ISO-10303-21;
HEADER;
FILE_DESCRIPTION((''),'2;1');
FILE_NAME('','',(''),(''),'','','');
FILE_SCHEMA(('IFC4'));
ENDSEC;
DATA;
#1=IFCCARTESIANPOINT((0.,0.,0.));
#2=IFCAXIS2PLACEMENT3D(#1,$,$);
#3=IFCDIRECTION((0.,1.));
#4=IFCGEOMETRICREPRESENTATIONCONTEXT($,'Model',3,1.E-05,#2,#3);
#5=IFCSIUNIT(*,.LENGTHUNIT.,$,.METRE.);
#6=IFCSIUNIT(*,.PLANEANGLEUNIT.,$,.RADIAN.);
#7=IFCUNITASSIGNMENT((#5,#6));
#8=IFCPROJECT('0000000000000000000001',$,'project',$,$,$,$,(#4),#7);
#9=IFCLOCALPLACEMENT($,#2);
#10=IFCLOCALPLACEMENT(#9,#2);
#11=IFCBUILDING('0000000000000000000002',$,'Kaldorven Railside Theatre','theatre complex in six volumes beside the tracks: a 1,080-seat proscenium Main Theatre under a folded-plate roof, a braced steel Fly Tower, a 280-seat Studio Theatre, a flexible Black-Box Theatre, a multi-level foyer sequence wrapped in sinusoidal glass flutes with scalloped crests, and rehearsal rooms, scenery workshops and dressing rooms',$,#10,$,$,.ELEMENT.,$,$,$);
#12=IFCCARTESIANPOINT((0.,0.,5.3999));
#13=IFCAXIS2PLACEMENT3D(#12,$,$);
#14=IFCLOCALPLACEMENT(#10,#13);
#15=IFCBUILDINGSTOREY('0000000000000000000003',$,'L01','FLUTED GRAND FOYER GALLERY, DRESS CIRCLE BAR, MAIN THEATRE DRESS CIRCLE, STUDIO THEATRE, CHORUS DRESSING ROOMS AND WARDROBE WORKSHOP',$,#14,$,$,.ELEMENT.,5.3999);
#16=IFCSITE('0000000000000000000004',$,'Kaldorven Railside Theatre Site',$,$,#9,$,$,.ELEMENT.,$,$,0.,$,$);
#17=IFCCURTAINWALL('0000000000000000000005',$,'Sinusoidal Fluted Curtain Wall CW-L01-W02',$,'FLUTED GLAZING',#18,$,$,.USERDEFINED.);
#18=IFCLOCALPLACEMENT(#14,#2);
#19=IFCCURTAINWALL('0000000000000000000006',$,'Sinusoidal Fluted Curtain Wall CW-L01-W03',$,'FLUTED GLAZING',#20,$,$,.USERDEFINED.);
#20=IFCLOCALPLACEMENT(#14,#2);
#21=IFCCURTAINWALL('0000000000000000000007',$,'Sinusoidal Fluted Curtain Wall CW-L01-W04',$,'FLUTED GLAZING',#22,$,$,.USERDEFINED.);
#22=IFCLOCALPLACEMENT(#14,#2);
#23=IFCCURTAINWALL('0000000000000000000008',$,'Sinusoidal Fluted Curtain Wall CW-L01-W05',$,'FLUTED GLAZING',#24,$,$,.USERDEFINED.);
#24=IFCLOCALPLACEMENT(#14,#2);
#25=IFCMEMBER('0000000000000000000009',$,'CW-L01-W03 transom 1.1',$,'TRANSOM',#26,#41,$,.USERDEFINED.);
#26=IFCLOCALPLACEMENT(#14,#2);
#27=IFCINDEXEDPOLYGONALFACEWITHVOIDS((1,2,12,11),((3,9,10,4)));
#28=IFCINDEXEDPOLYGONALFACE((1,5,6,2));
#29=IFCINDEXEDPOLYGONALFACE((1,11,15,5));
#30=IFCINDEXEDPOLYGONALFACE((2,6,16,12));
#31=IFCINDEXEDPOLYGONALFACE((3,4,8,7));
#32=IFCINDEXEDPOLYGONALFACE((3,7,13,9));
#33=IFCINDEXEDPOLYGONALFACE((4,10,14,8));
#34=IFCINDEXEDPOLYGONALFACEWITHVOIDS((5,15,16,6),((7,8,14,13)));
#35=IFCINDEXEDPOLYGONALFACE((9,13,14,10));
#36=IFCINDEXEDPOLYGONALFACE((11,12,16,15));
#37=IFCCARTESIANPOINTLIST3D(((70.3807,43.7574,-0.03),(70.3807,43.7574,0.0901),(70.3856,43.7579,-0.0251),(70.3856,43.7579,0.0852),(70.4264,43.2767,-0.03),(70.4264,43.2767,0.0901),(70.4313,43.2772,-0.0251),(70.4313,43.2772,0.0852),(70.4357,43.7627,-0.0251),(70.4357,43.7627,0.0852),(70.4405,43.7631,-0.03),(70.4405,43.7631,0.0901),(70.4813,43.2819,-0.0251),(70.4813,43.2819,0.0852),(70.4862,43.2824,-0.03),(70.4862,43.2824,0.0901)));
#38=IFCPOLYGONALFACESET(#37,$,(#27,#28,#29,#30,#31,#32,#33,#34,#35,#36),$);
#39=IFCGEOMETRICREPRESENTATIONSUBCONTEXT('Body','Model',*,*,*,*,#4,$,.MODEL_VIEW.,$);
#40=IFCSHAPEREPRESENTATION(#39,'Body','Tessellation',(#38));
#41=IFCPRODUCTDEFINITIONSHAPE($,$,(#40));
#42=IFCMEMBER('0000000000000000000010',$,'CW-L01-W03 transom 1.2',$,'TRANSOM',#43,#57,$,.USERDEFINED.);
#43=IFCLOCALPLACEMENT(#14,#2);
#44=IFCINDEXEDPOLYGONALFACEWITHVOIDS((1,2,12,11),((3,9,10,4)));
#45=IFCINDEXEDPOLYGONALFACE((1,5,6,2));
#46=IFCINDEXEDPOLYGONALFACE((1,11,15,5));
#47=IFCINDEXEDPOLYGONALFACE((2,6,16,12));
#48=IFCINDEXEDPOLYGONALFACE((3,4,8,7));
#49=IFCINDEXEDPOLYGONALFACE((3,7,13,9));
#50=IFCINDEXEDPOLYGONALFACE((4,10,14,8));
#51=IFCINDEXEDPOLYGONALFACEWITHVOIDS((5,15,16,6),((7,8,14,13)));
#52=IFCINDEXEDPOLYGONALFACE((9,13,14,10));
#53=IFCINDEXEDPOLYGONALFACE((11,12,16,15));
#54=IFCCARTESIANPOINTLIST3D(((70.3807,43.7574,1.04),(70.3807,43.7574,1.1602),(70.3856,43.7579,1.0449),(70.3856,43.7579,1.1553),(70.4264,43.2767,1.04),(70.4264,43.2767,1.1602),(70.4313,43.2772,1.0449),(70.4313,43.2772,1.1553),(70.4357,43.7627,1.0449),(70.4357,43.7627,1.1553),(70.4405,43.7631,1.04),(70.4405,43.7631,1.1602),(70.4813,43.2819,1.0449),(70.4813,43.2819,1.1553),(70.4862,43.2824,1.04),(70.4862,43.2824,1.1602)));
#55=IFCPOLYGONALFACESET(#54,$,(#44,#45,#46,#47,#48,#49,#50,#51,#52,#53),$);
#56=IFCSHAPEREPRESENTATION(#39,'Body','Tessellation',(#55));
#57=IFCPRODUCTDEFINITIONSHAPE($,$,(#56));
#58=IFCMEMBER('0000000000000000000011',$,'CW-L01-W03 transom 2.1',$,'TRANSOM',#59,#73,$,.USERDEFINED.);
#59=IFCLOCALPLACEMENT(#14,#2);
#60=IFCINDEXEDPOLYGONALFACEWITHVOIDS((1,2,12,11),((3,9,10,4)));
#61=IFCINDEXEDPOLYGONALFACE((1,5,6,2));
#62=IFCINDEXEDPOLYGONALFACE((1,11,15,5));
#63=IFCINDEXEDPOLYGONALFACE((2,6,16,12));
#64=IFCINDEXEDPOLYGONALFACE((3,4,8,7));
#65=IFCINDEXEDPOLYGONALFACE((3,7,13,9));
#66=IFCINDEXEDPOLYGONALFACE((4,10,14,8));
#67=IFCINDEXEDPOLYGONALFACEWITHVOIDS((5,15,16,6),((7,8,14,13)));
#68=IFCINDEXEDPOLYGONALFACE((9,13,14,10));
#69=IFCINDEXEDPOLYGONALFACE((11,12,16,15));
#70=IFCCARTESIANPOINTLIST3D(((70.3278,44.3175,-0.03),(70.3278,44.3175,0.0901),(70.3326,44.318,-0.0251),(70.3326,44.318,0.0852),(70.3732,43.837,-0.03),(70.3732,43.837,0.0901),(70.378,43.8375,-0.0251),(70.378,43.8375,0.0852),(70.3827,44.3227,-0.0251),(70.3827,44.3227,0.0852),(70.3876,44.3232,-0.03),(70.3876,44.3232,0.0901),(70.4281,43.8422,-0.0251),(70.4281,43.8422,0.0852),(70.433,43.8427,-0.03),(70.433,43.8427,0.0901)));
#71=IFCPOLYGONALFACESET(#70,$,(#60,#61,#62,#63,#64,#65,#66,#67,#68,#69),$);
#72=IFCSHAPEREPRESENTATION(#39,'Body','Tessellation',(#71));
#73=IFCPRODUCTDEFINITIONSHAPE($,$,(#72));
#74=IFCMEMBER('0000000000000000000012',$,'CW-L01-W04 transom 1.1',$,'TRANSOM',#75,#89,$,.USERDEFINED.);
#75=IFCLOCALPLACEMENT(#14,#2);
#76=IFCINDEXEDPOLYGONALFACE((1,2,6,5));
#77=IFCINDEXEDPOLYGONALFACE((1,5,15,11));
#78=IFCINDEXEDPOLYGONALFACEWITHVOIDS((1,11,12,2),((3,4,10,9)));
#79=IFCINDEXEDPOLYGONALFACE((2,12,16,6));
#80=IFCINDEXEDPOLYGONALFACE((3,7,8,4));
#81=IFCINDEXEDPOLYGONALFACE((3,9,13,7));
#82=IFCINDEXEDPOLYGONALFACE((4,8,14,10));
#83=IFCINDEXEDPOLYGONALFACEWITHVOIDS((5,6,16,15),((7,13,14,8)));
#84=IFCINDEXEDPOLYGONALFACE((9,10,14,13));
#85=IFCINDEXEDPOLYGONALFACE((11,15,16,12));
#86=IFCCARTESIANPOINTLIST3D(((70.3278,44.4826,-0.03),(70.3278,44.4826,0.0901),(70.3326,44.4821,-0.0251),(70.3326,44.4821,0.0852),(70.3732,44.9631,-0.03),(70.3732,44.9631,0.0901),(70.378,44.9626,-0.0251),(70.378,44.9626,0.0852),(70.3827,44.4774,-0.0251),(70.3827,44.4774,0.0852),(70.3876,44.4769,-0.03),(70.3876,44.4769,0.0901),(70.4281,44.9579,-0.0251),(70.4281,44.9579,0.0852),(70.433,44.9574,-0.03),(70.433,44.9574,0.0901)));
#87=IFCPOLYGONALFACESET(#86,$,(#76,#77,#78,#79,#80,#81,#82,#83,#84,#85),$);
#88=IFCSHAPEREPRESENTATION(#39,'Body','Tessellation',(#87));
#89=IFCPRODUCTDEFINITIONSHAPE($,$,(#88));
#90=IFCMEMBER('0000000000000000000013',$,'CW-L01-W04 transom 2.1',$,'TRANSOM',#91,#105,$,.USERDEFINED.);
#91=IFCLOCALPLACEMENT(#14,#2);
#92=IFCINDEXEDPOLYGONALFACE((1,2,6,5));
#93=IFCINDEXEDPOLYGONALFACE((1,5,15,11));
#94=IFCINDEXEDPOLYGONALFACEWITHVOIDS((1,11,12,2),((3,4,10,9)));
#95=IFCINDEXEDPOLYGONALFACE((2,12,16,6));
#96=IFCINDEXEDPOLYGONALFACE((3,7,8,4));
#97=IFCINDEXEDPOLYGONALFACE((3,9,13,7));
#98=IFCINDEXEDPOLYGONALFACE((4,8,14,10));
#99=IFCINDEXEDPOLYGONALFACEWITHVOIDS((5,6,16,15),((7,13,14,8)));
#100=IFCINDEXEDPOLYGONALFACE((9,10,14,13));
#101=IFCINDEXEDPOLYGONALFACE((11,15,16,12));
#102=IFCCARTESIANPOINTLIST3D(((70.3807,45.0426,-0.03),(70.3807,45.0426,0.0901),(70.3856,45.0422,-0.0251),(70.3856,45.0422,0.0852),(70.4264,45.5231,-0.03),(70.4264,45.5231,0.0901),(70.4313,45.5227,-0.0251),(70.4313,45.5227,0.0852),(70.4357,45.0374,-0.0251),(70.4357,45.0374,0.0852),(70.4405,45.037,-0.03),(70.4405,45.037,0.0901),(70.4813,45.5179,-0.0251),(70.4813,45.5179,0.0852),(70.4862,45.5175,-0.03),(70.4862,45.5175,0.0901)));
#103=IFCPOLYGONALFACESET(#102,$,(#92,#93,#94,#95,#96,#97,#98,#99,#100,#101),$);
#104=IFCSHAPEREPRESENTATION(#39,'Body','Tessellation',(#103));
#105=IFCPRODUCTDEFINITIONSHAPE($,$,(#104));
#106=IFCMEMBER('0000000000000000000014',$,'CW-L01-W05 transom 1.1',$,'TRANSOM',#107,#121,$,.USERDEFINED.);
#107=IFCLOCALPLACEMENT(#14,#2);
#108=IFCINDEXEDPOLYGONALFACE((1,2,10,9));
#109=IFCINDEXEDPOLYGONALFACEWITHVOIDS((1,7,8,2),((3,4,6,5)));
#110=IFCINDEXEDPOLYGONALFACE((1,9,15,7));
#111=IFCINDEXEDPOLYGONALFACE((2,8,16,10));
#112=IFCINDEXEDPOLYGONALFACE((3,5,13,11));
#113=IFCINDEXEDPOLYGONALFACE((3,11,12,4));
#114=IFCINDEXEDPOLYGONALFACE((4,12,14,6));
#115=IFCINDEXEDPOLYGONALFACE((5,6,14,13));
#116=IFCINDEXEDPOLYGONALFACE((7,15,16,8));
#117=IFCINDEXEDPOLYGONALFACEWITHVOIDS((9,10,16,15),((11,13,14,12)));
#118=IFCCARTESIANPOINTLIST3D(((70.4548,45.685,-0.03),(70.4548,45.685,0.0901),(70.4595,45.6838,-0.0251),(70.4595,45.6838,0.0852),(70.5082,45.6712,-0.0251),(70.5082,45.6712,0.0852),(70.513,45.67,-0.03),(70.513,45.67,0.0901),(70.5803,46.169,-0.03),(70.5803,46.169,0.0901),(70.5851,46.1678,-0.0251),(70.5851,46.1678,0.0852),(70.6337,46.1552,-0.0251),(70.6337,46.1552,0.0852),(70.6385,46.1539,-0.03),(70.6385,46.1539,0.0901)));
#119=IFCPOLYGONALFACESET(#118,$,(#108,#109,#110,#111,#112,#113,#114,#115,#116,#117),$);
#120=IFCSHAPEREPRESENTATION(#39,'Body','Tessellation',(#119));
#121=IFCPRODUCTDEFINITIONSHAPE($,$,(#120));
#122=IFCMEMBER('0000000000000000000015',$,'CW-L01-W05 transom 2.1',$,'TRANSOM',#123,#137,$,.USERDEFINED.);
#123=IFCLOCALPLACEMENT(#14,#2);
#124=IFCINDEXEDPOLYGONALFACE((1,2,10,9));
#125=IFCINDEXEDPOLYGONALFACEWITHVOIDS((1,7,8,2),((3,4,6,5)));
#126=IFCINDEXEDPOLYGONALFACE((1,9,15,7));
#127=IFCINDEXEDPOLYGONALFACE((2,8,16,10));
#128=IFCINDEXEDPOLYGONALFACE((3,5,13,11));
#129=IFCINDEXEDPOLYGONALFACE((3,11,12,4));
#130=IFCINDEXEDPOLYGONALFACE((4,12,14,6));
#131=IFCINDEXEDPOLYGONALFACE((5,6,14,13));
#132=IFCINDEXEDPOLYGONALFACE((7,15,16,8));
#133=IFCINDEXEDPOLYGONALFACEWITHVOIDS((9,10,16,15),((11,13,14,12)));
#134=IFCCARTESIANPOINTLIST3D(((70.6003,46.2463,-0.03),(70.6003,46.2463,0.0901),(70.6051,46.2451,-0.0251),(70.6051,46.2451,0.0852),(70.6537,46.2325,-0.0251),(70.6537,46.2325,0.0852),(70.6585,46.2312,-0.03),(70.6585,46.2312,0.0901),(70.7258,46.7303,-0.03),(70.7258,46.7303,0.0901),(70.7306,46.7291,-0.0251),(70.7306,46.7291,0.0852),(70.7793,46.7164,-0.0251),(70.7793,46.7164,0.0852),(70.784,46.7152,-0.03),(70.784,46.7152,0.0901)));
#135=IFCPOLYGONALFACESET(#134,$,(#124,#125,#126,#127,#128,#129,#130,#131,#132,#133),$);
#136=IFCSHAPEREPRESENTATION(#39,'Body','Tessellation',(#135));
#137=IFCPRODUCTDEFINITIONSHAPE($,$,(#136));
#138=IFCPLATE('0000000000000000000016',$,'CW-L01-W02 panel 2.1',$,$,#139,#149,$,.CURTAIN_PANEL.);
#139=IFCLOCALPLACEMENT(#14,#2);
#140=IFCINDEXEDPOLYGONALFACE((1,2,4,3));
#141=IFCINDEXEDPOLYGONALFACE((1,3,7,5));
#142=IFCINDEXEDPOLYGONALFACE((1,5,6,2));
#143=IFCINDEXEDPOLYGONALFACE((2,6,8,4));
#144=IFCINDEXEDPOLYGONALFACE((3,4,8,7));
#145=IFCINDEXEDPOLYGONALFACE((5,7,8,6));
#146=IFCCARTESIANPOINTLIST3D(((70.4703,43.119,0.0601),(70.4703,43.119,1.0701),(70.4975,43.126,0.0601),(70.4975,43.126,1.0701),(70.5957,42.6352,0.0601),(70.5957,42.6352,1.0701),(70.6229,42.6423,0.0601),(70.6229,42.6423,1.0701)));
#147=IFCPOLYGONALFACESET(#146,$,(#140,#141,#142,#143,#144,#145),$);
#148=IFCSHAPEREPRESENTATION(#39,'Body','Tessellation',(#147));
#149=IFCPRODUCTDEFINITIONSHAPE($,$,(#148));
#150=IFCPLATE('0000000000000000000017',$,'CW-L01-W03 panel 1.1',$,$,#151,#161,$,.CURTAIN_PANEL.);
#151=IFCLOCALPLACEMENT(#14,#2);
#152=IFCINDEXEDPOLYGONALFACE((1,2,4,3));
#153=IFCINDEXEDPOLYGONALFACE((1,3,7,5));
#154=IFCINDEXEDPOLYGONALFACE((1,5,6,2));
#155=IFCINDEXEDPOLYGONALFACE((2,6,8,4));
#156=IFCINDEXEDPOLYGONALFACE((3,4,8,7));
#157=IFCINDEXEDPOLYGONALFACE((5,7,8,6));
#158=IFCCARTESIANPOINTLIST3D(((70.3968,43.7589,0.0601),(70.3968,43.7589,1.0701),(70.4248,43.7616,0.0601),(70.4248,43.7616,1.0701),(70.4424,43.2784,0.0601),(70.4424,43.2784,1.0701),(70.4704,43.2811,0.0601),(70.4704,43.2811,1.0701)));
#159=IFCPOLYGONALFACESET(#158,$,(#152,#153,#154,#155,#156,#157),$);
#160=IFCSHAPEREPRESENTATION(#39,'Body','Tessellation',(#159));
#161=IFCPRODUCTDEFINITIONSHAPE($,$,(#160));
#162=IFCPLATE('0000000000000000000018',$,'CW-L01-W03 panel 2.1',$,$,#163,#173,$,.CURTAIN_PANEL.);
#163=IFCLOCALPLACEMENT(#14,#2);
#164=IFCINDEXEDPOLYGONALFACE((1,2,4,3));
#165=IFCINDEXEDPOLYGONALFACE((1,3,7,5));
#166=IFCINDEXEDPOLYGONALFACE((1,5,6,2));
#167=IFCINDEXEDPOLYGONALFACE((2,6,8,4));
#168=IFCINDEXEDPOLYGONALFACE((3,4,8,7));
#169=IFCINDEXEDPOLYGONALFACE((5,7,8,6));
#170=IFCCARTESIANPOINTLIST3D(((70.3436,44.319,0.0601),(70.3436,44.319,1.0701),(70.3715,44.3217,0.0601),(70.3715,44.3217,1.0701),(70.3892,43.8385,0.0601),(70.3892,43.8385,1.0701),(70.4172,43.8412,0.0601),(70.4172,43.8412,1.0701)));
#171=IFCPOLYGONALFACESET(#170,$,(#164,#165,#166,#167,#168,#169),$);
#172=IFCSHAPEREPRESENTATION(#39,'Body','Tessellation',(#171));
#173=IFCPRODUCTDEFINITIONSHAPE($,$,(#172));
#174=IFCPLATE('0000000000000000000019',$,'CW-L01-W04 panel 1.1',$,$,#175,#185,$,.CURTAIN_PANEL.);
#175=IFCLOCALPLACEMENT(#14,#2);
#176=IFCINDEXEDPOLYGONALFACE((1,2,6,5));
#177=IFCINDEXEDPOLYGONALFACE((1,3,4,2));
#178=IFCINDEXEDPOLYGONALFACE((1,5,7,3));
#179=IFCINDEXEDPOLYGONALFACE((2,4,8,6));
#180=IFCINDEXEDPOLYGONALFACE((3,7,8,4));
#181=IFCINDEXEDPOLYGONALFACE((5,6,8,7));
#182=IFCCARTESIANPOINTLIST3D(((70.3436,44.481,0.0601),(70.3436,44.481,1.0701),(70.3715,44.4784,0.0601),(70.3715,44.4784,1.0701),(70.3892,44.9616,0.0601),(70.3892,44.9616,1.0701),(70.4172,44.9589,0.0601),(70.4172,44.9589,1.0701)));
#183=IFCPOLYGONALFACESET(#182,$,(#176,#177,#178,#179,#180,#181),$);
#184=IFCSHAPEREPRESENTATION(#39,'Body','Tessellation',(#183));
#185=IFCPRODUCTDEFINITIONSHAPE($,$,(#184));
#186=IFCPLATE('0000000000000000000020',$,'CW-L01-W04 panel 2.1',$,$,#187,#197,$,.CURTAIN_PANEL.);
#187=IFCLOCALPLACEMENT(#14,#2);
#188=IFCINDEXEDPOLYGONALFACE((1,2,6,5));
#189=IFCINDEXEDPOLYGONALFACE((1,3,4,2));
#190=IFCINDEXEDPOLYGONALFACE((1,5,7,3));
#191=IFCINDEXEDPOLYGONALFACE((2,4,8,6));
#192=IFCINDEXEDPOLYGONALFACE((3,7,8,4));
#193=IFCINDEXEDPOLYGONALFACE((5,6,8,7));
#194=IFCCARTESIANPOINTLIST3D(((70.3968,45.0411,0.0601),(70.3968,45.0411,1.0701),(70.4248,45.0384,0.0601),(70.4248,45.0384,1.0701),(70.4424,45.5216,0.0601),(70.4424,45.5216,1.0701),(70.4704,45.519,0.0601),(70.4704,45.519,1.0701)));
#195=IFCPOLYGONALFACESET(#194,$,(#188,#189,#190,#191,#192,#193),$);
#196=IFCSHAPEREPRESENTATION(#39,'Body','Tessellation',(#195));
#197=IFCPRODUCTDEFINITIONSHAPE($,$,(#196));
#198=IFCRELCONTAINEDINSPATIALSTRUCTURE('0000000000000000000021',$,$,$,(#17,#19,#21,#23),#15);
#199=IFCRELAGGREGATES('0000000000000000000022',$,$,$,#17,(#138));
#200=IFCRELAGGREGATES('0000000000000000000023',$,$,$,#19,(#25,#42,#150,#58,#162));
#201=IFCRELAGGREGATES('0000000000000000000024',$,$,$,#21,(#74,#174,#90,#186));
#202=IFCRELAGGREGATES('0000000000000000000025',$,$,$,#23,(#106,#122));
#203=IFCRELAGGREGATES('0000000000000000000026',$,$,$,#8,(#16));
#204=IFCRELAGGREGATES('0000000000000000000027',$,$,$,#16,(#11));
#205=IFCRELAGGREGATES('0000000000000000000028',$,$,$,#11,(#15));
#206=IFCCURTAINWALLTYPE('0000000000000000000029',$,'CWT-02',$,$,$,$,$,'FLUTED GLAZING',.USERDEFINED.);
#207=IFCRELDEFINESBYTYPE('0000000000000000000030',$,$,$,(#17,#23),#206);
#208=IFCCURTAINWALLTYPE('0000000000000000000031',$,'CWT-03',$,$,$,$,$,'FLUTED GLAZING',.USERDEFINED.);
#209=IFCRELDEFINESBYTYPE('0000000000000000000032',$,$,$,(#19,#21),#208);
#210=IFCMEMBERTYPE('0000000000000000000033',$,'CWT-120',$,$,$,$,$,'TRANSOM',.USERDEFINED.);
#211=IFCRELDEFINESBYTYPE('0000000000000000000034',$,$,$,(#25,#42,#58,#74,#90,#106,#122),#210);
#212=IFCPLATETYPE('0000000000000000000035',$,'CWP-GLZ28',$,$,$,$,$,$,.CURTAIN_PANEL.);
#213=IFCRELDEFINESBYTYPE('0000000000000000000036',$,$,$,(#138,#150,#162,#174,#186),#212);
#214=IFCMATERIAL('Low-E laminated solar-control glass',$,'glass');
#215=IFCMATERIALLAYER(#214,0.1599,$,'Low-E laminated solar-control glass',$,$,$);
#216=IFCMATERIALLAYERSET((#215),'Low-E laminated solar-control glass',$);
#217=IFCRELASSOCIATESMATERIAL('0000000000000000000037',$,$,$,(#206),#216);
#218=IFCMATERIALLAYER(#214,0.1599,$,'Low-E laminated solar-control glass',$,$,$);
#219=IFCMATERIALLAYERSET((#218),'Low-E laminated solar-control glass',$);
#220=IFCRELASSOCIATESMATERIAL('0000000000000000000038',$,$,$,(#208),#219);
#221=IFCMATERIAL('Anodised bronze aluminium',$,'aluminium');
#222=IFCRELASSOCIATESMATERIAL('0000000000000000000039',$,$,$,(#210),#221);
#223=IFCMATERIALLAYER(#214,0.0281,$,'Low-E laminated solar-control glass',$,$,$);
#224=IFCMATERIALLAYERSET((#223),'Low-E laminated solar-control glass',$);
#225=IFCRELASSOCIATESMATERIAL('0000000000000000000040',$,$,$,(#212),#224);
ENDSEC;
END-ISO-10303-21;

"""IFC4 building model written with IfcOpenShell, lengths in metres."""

from ifc_helpers import new_model, si_unit, direction, frame, origin, origin_2d, place, context, subcontext, project, spatial, rectangle, hollow_rectangle, extrude, material, layer, layer_set, material_profile, profile_set, type_object, element, aggregate, save


model = new_model("IFC4")

# Units and contexts
model_context = context("Model", 3, precision=1e-05, world=origin(), true_north=direction((0.0, 1.0)))
body_context = subcontext(model_context, "Body", "Model", "MODEL_VIEW")
ifc_project = project(units=[si_unit("LENGTHUNIT", "METRE"), si_unit("PLANEANGLEUNIT", "RADIAN")], contexts=[model_context])

# Site, building, storey
site_placement = place(None, origin())
site = spatial("IfcSite", under=ifc_project, at=site_placement, Name="Kaldorven Railside Theatre Site", CompositionType="ELEMENT", RefElevation=0.0)
building_placement = place(site_placement, origin())
building = spatial("IfcBuilding", under=site, at=building_placement, Name="Kaldorven Railside Theatre", Description="theatre complex in six volumes beside the tracks: a 1,080-seat proscenium Main Theatre under a folded-plate roof, a braced steel Fly Tower, a 280-seat Studio Theatre, a flexible Black-Box Theatre, a multi-level foyer sequence wrapped in sinusoidal glass flutes with scalloped crests, and rehearsal rooms, scenery workshops and dressing rooms", CompositionType="ELEMENT")
storey_placement = place(building_placement, frame((0.0, 0.0, 5.3999)))
storey = spatial("IfcBuildingStorey", under=building, at=storey_placement, Name="L01", Description="FLUTED GRAND FOYER GALLERY, DRESS CIRCLE BAR, MAIN THEATRE DRESS CIRCLE, STUDIO THEATRE, CHORUS DRESSING ROOMS AND WARDROBE WORKSHOP", CompositionType="ELEMENT", Elevation=5.3999)

# Curtain wall
ifc_material_1 = material(Name="Low-E laminated solar-control glass", Category="glass")
ifc_layer_1 = layer(ifc_material_1, 0.1599, Name="Low-E laminated solar-control glass")
ifc_layer_set_1 = layer_set([ifc_layer_1], Name="Low-E laminated solar-control glass")
curtain_wall_type_1 = type_object("IfcCurtainWallType", Name="CWT-02", ElementType="FLUTED GLAZING", PredefinedType="USERDEFINED", material=ifc_layer_set_1)
curtain_wall_1_placement = place(storey_placement, origin())
curtain_wall_1 = element("IfcCurtainWall", 1, at=curtain_wall_1_placement, inside=storey, type_object=curtain_wall_type_1, Name="Sinusoidal Fluted Curtain Wall CW-L01-W02", ObjectType="FLUTED GLAZING", PredefinedType="USERDEFINED")
ifc_material_2 = material(Name="Anodised bronze aluminium", Category="aluminium")

# Curtain walls
ifc_layer_2 = layer(ifc_material_1, 0.1599, Name="Low-E laminated solar-control glass")
ifc_layer_set_2 = layer_set([ifc_layer_2], Name="Low-E laminated solar-control glass")
curtain_wall_type_2 = type_object("IfcCurtainWallType", Name="CWT-03", ElementType="FLUTED GLAZING", PredefinedType="USERDEFINED", material=ifc_layer_set_2)
curtain_wall_2_placement = place(storey_placement, origin())
curtain_wall_2 = element("IfcCurtainWall", 2, at=curtain_wall_2_placement, inside=storey, type_object=curtain_wall_type_2, Name="Sinusoidal Fluted Curtain Wall CW-L01-W03", ObjectType="FLUTED GLAZING", PredefinedType="USERDEFINED")
curtain_wall_3_placement = place(storey_placement, origin())
curtain_wall_3 = element("IfcCurtainWall", 3, at=curtain_wall_3_placement, inside=storey, type_object=curtain_wall_type_2, Name="Sinusoidal Fluted Curtain Wall CW-L01-W04", ObjectType="FLUTED GLAZING", PredefinedType="USERDEFINED")
curtain_wall_4_placement = place(storey_placement, origin())
curtain_wall_4 = element("IfcCurtainWall", 4, at=curtain_wall_4_placement, inside=storey, type_object=curtain_wall_type_1, Name="Sinusoidal Fluted Curtain Wall CW-L01-W05", ObjectType="FLUTED GLAZING", PredefinedType="USERDEFINED")

# Members
ifc_material_profile_1 = material_profile(ifc_material_2, hollow_rectangle(XDim=0.0601, YDim=0.1201, WallThickness=0.0049, at=origin_2d()), Name="RHS 120x60x5")
ifc_profile_set_1 = profile_set([ifc_material_profile_1], Name="Anodised bronze aluminium")
member_type_1 = type_object("IfcMemberType", Name="CWT-120", ElementType="TRANSOM", PredefinedType="USERDEFINED", material=ifc_profile_set_1)
member_1_placement = place(storey_placement, frame((70.4563, 43.2795, 0.03), z_axis=(-0.094547, 0.99552, 0.0), x_axis=(-0.99552, -0.094547, 0.0)))
member_1 = element("IfcMember", 5, at=member_1_placement, type_object=member_type_1, Name="CW-L01-W03 transom 1.1", ObjectType="TRANSOM", PredefinedType="USERDEFINED", context=body_context, shape_type="SweptSolid", body=[
    extrude(hollow_rectangle(XDim=0.0601, YDim=0.1201, WallThickness=0.0049, at=origin_2d()), origin(), (0.0, 0.0, 1.0), 0.4829),
])
member_2_placement = place(storey_placement, frame((70.4563, 43.2795, 1.1001), z_axis=(-0.094547, 0.99552, 0.0), x_axis=(-0.99552, -0.094547, 0.0)))
member_2 = element("IfcMember", 6, at=member_2_placement, type_object=member_type_1, Name="CW-L01-W03 transom 1.2", ObjectType="TRANSOM", PredefinedType="USERDEFINED", context=body_context, shape_type="SweptSolid", body=[
    extrude(hollow_rectangle(XDim=0.0601, YDim=0.1201, WallThickness=0.0049, at=origin_2d()), origin(), (0.0, 0.0, 1.0), 0.4829),
])
member_3_placement = place(storey_placement, frame((70.4031, 43.8398, 0.03), z_axis=(-0.094093, 0.995563, 0.0), x_axis=(-0.995563, -0.094093, 0.0)))
member_3 = element("IfcMember", 7, at=member_3_placement, type_object=member_type_1, Name="CW-L01-W03 transom 2.1", ObjectType="TRANSOM", PredefinedType="USERDEFINED", context=body_context, shape_type="SweptSolid", body=[
    extrude(hollow_rectangle(XDim=0.0601, YDim=0.1201, WallThickness=0.0049, at=origin_2d()), origin(), (0.0, 0.0, 1.0), 0.4827),
])
member_4_placement = place(storey_placement, frame((70.3577, 44.4797, 0.03), z_axis=(0.094093, 0.995563, 0.0), x_axis=(-0.995563, 0.094093, 0.0)))
member_4 = element("IfcMember", 8, at=member_4_placement, type_object=member_type_1, Name="CW-L01-W04 transom 1.1", ObjectType="TRANSOM", PredefinedType="USERDEFINED", context=body_context, shape_type="SweptSolid", body=[
    extrude(hollow_rectangle(XDim=0.0601, YDim=0.1201, WallThickness=0.0049, at=origin_2d()), origin(), (0.0, 0.0, 1.0), 0.4827),
])
member_5_placement = place(storey_placement, frame((70.4106, 45.0398, 0.03), z_axis=(0.094594, 0.995516, 0.0), x_axis=(-0.995516, 0.094594, 0.0)))
member_5 = element("IfcMember", 9, at=member_5_placement, type_object=member_type_1, Name="CW-L01-W04 transom 2.1", ObjectType="TRANSOM", PredefinedType="USERDEFINED", context=body_context, shape_type="SweptSolid", body=[
    extrude(hollow_rectangle(XDim=0.0601, YDim=0.1201, WallThickness=0.0049, at=origin_2d()), origin(), (0.0, 0.0, 1.0), 0.4827),
])
member_6_placement = place(storey_placement, frame((70.4839, 45.6775, 0.03), z_axis=(0.25103, 0.967979, 0.0), x_axis=(-0.967979, 0.25103, 0.0)))
member_6 = element("IfcMember", 10, at=member_6_placement, type_object=member_type_1, Name="CW-L01-W05 transom 1.1", ObjectType="TRANSOM", PredefinedType="USERDEFINED", context=body_context, shape_type="SweptSolid", body=[
    extrude(hollow_rectangle(XDim=0.0601, YDim=0.1201, WallThickness=0.0049, at=origin_2d()), origin(), (0.0, 0.0, 1.0), 0.5),
])
member_7_placement = place(storey_placement, frame((70.6294, 46.2388, 0.03), z_axis=(0.25103, 0.967979, 0.0), x_axis=(-0.967979, 0.25103, 0.0)))
member_7 = element("IfcMember", 11, at=member_7_placement, type_object=member_type_1, Name="CW-L01-W05 transom 2.1", ObjectType="TRANSOM", PredefinedType="USERDEFINED", context=body_context, shape_type="SweptSolid", body=[
    extrude(hollow_rectangle(XDim=0.0601, YDim=0.1201, WallThickness=0.0049, at=origin_2d()), origin(), (0.0, 0.0, 1.0), 0.5),
])

# Plates
ifc_layer_3 = layer(ifc_material_1, 0.0281, Name="Low-E laminated solar-control glass")
ifc_layer_set_3 = layer_set([ifc_layer_3], Name="Low-E laminated solar-control glass")
plate_type = type_object("IfcPlateType", Name="CWP-GLZ28", PredefinedType="CURTAIN_PANEL", material=ifc_layer_set_3)
plate_1_placement = place(storey_placement, frame((70.5466, 42.8806, 0.0601), z_axis=(0.0, 0.0, 1.0), x_axis=(-0.250954, 0.967999, 0.0)))
plate_1 = element("IfcPlate", 12, at=plate_1_placement, type_object=plate_type, Name="CW-L01-W02 panel 2.1", PredefinedType="CURTAIN_PANEL", context=body_context, shape_type="SweptSolid", body=[
    extrude(rectangle(XDim=0.4998, YDim=0.0281, at=origin_2d()), origin(), (0.0, 0.0, 1.0), 1.01),
])
aggregate(curtain_wall_1, [plate_1])
plate_2_placement = place(storey_placement, frame((70.4336, 43.52, 0.0601), z_axis=(0.0, 0.0, 1.0), x_axis=(-0.094492, 0.995526, 0.0)))
plate_2 = element("IfcPlate", 13, at=plate_2_placement, type_object=plate_type, Name="CW-L01-W03 panel 1.1", PredefinedType="CURTAIN_PANEL", context=body_context, shape_type="SweptSolid", body=[
    extrude(rectangle(XDim=0.4827, YDim=0.0281, at=origin_2d()), origin(), (0.0, 0.0, 1.0), 1.01),
])
plate_3_placement = place(storey_placement, frame((70.3804, 44.0801, 0.0601), z_axis=(0.0, 0.0, 1.0), x_axis=(-0.094492, 0.995526, 0.0)))
plate_3 = element("IfcPlate", 14, at=plate_3_placement, type_object=plate_type, Name="CW-L01-W03 panel 2.1", PredefinedType="CURTAIN_PANEL", context=body_context, shape_type="SweptSolid", body=[
    extrude(rectangle(XDim=0.4827, YDim=0.0281, at=origin_2d()), origin(), (0.0, 0.0, 1.0), 1.01),
])
aggregate(curtain_wall_2, [member_1, member_2, plate_2, member_3, plate_3])
plate_4_placement = place(storey_placement, frame((70.3804, 44.72, 0.0601), z_axis=(0.0, 0.0, 1.0), x_axis=(0.094492, 0.995526, 0.0)))
plate_4 = element("IfcPlate", 15, at=plate_4_placement, type_object=plate_type, Name="CW-L01-W04 panel 1.1", PredefinedType="CURTAIN_PANEL", context=body_context, shape_type="SweptSolid", body=[
    extrude(rectangle(XDim=0.4827, YDim=0.0281, at=origin_2d()), origin(), (0.0, 0.0, 1.0), 1.01),
])
plate_5_placement = place(storey_placement, frame((70.4336, 45.28, 0.0601), z_axis=(0.0, 0.0, 1.0), x_axis=(0.094492, 0.995526, 0.0)))
plate_5 = element("IfcPlate", 16, at=plate_5_placement, type_object=plate_type, Name="CW-L01-W04 panel 2.1", PredefinedType="CURTAIN_PANEL", context=body_context, shape_type="SweptSolid", body=[
    extrude(rectangle(XDim=0.4827, YDim=0.0281, at=origin_2d()), origin(), (0.0, 0.0, 1.0), 1.01),
])
aggregate(curtain_wall_3, [member_4, plate_4, member_5, plate_5])
aggregate(curtain_wall_4, [member_6, member_7])

save(model, "model.ifc")
